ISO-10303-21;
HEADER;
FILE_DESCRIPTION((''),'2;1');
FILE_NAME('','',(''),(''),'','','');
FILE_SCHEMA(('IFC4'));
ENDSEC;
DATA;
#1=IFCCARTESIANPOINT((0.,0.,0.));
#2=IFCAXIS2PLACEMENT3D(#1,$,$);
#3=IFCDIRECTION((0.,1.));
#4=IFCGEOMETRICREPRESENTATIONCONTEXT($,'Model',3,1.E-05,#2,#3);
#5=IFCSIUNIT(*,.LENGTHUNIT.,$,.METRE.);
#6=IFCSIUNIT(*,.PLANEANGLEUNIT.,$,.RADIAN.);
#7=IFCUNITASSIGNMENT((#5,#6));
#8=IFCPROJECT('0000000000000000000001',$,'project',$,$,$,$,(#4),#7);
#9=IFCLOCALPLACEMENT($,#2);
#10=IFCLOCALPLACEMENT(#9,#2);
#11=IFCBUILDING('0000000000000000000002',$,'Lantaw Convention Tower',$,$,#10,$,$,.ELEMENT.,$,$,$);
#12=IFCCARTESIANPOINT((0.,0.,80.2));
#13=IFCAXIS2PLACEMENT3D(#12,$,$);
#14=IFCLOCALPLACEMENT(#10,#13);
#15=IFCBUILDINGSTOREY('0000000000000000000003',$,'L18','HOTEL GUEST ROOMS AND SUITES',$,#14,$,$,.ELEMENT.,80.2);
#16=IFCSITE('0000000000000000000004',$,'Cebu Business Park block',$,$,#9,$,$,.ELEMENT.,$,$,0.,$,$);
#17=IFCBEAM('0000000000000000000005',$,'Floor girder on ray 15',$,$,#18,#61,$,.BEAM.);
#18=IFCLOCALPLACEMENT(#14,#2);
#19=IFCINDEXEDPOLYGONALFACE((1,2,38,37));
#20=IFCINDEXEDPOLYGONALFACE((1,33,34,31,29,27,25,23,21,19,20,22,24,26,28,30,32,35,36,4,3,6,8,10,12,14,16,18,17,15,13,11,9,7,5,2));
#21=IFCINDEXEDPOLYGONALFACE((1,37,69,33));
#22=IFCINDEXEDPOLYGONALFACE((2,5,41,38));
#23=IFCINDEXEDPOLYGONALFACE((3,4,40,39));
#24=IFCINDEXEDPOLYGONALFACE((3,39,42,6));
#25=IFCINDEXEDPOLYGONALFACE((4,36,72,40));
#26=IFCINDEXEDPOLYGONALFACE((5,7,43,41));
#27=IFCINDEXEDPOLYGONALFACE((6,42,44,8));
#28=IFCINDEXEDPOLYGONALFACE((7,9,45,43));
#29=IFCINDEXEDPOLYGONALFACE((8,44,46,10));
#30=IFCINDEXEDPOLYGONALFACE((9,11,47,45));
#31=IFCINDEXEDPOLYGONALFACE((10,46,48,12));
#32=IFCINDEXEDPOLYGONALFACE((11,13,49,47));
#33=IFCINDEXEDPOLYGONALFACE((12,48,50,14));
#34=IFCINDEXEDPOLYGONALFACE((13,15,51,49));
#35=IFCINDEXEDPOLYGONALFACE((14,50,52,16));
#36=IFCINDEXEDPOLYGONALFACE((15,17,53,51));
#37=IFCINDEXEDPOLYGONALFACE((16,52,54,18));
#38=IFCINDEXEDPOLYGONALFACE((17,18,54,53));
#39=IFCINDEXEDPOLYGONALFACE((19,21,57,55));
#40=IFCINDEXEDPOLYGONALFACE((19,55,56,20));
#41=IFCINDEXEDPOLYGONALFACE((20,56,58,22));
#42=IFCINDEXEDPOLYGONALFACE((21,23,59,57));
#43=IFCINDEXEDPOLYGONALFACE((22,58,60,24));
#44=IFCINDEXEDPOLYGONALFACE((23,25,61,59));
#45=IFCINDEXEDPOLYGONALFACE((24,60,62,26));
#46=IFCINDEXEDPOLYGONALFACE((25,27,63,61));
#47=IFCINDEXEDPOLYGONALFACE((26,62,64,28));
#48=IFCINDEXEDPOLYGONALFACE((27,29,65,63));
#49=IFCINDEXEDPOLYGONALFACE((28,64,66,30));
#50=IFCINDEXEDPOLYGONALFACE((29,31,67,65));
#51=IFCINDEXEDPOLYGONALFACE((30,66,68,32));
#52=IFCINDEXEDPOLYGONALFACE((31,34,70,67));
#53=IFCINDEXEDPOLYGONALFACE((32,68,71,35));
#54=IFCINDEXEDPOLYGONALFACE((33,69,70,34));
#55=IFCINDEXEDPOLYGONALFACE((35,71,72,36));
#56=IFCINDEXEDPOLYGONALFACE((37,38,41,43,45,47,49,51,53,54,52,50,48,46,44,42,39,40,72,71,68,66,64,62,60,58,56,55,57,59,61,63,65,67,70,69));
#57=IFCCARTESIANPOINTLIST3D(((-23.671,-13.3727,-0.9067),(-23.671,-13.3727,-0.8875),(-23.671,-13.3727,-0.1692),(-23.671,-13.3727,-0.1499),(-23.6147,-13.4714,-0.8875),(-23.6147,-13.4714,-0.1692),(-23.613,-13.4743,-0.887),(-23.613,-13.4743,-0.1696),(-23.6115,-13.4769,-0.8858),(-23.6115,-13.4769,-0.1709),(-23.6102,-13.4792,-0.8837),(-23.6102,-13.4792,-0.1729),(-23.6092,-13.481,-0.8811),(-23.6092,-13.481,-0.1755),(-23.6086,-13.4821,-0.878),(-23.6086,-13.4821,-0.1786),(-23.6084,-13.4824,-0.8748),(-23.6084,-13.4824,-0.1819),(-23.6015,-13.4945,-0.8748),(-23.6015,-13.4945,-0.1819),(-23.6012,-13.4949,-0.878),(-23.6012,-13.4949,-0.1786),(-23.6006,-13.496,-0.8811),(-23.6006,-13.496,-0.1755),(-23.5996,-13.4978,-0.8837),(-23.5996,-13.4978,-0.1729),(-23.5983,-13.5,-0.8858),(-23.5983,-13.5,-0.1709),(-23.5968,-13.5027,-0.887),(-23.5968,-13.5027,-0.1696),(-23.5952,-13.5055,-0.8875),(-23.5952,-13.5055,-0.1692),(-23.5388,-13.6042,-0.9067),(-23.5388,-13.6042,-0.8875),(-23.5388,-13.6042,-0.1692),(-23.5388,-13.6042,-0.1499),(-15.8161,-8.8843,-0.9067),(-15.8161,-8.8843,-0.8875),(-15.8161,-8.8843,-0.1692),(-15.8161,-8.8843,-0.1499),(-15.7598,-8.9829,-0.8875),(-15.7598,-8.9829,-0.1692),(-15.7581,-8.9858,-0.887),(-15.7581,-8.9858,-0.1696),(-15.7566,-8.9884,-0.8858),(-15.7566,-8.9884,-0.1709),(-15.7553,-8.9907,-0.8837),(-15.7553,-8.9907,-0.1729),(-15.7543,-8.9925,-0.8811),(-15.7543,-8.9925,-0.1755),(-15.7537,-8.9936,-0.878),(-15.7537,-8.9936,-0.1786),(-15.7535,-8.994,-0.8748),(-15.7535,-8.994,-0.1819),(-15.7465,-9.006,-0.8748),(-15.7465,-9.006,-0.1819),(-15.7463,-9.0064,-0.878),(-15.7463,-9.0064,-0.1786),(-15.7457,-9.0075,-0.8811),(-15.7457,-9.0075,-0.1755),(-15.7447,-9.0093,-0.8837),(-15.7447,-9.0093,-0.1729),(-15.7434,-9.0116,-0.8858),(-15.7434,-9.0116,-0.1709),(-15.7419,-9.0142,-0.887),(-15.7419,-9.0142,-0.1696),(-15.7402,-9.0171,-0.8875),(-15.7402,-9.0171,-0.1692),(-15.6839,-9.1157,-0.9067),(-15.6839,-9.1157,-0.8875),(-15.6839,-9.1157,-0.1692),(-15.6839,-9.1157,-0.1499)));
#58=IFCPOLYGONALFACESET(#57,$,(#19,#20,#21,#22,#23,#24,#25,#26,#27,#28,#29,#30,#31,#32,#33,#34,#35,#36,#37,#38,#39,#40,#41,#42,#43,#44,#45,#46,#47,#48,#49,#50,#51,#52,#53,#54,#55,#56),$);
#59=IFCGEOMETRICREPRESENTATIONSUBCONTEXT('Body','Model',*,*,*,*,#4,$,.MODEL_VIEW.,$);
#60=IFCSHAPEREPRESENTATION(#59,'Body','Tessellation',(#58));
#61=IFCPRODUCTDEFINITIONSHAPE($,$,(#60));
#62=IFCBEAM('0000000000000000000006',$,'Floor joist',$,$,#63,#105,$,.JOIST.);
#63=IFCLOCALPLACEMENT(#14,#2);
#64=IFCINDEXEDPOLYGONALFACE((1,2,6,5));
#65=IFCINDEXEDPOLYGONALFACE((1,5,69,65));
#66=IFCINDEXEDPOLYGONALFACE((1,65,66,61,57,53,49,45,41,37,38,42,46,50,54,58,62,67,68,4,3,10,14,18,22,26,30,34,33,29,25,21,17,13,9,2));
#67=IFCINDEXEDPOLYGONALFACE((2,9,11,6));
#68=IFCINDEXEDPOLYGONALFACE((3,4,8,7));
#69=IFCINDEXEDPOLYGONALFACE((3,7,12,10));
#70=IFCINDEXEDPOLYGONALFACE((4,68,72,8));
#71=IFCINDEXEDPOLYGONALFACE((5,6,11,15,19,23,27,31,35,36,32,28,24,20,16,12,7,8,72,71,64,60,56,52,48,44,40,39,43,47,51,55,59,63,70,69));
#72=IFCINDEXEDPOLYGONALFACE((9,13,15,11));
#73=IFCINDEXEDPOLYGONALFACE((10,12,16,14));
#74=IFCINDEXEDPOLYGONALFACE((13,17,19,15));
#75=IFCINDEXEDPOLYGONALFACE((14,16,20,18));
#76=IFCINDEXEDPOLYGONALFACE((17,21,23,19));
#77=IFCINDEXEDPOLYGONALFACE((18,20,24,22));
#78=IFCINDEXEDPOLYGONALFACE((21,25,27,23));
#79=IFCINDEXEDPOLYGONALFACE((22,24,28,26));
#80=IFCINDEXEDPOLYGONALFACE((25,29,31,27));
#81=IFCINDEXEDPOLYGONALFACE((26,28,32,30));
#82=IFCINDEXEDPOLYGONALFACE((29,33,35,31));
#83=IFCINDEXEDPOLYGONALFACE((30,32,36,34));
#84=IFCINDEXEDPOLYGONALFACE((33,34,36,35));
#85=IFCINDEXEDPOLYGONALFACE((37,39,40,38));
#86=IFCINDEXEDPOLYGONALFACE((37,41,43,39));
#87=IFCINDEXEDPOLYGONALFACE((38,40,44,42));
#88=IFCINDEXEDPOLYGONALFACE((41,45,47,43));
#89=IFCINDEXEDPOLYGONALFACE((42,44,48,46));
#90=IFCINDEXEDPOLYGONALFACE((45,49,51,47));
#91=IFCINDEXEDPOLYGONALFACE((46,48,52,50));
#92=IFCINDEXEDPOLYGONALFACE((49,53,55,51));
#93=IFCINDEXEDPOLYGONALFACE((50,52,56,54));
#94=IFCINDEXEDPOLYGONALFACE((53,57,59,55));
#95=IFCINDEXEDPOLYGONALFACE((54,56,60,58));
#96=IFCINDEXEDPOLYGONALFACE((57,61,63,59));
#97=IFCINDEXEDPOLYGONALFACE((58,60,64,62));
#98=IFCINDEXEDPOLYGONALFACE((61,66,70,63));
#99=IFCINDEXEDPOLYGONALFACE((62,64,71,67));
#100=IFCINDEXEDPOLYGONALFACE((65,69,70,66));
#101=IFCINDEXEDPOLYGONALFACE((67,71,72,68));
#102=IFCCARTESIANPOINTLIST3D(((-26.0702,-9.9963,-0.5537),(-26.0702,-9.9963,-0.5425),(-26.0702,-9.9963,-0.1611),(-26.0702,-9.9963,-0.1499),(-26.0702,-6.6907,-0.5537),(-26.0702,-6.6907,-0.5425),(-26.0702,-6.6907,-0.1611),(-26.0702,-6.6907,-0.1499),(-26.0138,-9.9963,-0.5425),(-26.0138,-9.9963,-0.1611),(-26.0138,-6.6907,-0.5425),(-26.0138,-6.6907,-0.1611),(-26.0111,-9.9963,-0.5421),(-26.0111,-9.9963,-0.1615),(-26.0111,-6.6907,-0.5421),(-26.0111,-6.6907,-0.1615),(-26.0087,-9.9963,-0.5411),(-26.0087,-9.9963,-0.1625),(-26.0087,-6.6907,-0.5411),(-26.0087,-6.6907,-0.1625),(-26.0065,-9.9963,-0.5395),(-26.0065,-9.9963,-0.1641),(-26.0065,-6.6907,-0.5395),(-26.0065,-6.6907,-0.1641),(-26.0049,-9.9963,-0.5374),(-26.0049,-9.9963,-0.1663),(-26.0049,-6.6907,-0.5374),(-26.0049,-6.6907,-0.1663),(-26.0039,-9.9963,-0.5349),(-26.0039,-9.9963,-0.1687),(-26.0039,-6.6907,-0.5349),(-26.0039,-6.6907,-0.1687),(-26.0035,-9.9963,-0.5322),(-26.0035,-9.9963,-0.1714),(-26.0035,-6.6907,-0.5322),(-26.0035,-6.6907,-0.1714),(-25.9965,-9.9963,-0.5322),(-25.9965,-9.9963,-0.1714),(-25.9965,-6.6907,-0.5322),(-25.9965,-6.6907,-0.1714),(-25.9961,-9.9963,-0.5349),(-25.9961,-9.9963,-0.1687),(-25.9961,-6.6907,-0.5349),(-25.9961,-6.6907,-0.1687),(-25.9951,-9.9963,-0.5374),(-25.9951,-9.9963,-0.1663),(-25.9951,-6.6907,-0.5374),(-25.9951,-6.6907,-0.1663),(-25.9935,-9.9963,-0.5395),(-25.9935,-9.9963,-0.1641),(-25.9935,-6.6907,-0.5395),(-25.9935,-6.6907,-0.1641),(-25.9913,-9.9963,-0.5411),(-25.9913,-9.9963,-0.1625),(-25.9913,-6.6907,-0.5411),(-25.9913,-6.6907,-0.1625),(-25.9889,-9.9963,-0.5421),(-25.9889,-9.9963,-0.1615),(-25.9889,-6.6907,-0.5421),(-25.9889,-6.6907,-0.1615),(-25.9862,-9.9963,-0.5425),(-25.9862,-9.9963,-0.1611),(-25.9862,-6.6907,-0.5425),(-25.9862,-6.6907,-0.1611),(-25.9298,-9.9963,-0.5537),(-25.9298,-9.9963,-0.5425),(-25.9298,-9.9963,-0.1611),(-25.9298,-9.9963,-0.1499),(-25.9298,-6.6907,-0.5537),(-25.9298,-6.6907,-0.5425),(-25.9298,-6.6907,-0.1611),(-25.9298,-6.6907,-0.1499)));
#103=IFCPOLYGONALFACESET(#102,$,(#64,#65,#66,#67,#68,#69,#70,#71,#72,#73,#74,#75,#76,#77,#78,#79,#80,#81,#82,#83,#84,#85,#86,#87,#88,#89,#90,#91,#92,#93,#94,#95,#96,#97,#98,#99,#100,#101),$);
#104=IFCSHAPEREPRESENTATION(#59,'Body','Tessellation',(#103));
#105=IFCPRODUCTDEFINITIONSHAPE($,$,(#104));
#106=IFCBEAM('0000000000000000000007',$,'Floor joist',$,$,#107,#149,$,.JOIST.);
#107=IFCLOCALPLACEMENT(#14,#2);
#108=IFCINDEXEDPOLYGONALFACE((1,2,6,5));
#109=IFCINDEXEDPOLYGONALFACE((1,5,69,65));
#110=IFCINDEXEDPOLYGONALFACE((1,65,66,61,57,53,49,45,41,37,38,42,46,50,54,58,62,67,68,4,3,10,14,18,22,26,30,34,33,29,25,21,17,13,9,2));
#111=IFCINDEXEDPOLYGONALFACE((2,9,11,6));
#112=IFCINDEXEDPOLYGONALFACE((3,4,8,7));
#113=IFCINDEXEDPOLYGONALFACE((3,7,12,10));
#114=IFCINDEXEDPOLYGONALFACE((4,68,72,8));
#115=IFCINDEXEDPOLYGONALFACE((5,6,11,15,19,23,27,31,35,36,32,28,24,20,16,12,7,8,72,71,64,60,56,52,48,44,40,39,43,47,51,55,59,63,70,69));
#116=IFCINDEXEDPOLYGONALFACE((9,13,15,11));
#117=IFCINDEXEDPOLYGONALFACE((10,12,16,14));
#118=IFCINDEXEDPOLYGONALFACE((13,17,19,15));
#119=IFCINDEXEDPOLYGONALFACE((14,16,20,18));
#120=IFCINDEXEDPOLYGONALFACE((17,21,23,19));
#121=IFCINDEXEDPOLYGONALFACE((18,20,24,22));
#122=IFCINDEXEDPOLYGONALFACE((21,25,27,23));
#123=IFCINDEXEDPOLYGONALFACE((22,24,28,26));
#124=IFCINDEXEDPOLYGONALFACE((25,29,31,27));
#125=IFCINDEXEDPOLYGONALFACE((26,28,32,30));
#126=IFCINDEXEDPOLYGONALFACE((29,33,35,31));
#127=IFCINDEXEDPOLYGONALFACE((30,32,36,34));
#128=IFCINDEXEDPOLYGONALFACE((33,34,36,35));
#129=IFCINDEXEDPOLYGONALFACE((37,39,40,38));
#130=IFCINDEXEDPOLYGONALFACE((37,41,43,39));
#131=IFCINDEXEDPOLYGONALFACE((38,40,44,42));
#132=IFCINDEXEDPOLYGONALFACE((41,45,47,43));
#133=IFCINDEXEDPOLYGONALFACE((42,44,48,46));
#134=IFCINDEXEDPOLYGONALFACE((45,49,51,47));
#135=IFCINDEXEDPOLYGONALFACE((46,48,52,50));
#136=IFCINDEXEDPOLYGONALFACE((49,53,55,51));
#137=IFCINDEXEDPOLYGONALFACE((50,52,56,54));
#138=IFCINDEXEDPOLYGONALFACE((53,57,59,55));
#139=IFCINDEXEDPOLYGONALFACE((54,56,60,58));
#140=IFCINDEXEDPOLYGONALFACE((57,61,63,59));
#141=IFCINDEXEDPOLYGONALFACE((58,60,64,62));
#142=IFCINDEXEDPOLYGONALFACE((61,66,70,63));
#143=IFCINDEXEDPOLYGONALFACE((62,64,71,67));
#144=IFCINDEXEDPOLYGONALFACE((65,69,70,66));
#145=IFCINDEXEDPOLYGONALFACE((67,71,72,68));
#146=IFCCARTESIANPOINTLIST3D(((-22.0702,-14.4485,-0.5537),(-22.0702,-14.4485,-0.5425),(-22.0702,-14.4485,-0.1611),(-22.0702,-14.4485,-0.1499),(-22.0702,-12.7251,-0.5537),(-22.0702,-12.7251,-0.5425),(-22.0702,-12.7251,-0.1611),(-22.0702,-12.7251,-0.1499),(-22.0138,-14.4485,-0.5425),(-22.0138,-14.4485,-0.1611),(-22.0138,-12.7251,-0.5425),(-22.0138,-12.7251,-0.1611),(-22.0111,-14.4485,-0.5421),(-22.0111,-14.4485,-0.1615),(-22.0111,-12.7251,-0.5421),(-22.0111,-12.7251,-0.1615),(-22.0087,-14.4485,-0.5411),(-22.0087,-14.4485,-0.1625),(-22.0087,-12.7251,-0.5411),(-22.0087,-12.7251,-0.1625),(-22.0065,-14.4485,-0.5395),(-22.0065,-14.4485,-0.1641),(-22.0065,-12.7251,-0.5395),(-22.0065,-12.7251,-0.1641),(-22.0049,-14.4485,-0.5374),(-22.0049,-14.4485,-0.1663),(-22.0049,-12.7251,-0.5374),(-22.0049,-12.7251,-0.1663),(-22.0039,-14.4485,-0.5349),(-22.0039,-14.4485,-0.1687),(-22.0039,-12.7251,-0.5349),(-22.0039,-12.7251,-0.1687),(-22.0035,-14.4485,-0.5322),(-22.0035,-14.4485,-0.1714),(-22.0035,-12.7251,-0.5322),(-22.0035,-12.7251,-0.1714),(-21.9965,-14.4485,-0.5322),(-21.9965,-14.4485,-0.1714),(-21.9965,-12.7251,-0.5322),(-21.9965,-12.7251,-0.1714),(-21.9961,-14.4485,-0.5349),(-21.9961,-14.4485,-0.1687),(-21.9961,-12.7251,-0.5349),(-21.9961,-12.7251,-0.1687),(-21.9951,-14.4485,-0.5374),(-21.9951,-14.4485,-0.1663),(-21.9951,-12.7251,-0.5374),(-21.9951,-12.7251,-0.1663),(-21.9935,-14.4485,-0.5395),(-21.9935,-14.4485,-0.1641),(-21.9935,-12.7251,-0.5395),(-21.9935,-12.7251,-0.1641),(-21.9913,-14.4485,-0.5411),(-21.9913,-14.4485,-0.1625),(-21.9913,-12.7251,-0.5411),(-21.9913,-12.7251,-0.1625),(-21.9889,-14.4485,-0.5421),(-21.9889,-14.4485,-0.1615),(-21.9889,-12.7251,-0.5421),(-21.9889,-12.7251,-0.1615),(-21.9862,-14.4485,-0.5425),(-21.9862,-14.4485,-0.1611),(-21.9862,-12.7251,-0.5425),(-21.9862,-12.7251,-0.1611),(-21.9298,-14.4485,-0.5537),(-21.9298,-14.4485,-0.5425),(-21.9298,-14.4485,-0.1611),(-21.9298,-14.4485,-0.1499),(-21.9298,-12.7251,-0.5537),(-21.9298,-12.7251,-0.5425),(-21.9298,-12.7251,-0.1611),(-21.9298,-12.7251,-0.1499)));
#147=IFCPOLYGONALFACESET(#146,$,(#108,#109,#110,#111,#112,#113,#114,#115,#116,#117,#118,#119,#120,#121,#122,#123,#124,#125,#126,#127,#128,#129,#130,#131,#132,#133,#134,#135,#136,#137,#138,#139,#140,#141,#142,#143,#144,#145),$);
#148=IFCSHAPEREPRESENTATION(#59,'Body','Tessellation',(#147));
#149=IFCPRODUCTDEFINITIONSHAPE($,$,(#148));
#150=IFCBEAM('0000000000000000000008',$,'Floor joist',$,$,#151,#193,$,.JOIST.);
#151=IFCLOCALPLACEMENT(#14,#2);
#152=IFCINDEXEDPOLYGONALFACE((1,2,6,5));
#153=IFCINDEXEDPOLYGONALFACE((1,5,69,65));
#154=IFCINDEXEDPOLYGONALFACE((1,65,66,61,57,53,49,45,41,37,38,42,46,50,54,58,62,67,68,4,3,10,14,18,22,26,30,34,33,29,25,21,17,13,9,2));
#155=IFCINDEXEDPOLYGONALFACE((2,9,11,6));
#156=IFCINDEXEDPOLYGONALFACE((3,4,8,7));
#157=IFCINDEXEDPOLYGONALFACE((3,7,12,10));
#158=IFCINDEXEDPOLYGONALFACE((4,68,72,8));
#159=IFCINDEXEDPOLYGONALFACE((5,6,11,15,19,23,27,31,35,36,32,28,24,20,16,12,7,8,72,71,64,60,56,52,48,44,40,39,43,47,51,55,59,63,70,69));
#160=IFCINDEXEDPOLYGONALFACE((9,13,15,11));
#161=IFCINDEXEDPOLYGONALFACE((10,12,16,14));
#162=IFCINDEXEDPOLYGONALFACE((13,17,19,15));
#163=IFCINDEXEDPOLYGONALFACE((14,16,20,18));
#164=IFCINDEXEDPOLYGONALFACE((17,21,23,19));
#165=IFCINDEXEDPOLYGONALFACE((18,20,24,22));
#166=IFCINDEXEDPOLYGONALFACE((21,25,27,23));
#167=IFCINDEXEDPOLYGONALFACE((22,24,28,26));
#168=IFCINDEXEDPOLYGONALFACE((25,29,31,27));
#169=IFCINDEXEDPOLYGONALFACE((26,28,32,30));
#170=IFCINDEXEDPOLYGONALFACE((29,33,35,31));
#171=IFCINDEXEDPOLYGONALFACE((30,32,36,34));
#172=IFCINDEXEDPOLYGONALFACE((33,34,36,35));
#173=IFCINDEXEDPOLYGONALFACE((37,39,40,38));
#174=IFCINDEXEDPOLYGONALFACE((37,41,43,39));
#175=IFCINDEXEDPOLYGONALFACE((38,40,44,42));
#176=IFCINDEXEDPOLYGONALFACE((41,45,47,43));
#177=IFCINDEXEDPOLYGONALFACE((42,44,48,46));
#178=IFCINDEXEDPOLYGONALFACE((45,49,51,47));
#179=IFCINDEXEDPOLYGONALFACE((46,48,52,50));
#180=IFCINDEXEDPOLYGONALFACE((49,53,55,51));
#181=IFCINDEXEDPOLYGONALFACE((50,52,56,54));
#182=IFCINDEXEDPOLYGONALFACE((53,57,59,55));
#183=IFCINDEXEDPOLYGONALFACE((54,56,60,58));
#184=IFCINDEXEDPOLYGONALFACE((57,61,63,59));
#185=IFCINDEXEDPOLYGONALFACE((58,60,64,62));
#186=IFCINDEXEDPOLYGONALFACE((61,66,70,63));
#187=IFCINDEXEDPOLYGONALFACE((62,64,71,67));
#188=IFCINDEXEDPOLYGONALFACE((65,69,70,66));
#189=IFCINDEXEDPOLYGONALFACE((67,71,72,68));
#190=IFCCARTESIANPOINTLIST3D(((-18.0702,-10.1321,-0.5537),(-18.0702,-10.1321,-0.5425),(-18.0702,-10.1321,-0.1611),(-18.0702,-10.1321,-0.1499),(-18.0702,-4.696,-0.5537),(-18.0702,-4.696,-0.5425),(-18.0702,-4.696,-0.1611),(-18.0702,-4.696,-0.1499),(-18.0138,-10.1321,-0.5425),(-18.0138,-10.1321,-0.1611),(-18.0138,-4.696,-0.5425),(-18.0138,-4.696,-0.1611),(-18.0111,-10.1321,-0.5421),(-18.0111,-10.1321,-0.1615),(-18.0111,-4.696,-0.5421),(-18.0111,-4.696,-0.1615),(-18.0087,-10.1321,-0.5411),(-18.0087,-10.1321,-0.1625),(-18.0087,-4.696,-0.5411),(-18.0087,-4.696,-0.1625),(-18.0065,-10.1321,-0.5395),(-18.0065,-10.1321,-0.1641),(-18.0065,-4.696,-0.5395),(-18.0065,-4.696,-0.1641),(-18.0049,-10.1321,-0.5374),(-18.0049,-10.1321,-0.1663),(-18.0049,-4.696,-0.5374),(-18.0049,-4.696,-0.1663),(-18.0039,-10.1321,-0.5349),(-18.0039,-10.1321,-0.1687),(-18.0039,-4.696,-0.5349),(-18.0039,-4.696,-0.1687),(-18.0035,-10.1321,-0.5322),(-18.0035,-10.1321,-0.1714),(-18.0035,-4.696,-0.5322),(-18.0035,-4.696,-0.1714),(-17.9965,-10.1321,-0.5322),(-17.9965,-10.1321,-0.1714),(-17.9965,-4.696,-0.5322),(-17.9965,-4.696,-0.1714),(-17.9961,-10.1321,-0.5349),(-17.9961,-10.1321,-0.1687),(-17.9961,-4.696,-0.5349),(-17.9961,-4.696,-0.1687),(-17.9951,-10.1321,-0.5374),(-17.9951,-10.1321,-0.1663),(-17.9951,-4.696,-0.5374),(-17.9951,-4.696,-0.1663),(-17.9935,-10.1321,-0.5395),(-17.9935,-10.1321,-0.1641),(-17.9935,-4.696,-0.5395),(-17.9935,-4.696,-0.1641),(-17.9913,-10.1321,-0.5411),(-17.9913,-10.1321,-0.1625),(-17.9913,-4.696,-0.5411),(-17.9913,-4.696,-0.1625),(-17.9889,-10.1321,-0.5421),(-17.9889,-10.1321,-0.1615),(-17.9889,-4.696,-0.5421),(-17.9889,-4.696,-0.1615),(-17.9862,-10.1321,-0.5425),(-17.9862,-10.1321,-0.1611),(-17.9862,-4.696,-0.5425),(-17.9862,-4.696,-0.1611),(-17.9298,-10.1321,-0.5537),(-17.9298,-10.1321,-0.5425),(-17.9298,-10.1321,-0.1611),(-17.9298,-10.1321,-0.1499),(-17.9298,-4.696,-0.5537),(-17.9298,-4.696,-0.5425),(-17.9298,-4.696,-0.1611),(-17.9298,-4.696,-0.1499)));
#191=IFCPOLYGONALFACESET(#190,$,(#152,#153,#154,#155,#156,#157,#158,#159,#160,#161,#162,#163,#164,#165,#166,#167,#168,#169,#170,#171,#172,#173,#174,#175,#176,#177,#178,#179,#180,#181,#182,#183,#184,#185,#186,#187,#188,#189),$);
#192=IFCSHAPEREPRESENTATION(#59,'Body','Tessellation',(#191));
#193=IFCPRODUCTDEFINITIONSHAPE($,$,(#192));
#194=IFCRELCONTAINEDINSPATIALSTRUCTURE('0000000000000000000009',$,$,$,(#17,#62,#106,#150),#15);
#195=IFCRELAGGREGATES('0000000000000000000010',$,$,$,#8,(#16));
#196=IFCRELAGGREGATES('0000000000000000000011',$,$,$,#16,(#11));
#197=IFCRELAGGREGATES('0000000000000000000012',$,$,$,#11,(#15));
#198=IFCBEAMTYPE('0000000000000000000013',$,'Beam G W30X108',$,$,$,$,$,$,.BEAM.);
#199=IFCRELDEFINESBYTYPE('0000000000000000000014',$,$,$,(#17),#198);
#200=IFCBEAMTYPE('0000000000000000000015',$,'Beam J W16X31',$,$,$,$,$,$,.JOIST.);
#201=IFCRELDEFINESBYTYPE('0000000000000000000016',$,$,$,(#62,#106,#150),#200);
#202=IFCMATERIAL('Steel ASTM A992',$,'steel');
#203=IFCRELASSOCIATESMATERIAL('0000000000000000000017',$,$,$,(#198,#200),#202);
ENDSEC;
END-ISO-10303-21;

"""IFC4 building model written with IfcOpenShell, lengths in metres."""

from ifc_helpers import new_model, si_unit, direction, frame, origin, origin_2d, place, context, subcontext, project, spatial, i_section, extrude, material, material_profile, profile_set, type_object, element, save


model = new_model("IFC4")

# Units and contexts
model_context = context("Model", 3, precision=1e-05, world=origin(), true_north=direction((0.0, 1.0)))
body_context = subcontext(model_context, "Body", "Model", "MODEL_VIEW")
ifc_project = project(units=[si_unit("LENGTHUNIT", "METRE"), si_unit("PLANEANGLEUNIT", "RADIAN")], contexts=[model_context])

# Site, building, storey
site_placement = place(None, origin())
site = spatial("IfcSite", under=ifc_project, at=site_placement, Name="Cebu Business Park block", CompositionType="ELEMENT", RefElevation=0.0)
building_placement = place(site_placement, origin())
building = spatial("IfcBuilding", under=site, at=building_placement, Name="Lantaw Convention Tower", CompositionType="ELEMENT")
storey_placement = place(building_placement, frame((0.0, 0.0, 80.2)))
storey = spatial("IfcBuildingStorey", under=building, at=storey_placement, Name="L18", Description="HOTEL GUEST ROOMS AND SUITES", CompositionType="ELEMENT", Elevation=80.2)

# Beams
ifc_material_1 = material(Name="Steel ASTM A992", Category="steel")
ifc_material_profile_1 = material_profile(ifc_material_1, i_section(OverallWidth=0.2666, OverallDepth=0.7568, WebThickness=0.0139, FlangeThickness=0.0193, FilletRadius=0.0127, at=origin_2d()), Name="W30X108")
ifc_profile_set_1 = profile_set([ifc_material_profile_1], Name="Steel ASTM A992")
beam_type_1 = type_object("IfcBeamType", Name="Beam G W30X108", PredefinedType="BEAM", material=ifc_profile_set_1)
beam_1_placement = place(storey_placement, frame((-15.75, -9.0, -0.5283), z_axis=(-0.868245, -0.496136, 0.0), x_axis=(0.496136, -0.868245, 0.0)))
element("IfcBeam", 1, at=beam_1_placement, inside=storey, type_object=beam_type_1, Name="Floor girder on ray 15", PredefinedType="BEAM", context=body_context, shape_type="SweptSolid", body=[
    extrude(i_section(OverallWidth=0.2666, OverallDepth=0.7568, WebThickness=0.0139, FlangeThickness=0.0193, FilletRadius=0.0127, at=origin_2d()), origin(), (0.0, 0.0, 1.0), 9.0469),
])
ifc_material_profile_2 = material_profile(ifc_material_1, i_section(OverallWidth=0.1404, OverallDepth=0.4038, WebThickness=0.0071, FlangeThickness=0.0112, FilletRadius=0.0103, at=origin_2d()), Name="W16X31")
ifc_profile_set_2 = profile_set([ifc_material_profile_2], Name="Steel ASTM A992")
beam_type_2 = type_object("IfcBeamType", Name="Beam J W16X31", PredefinedType="JOIST", material=ifc_profile_set_2)
beam_2_placement = place(storey_placement, frame((-26.0, -9.9963, -0.3518), z_axis=(0.0, 1.0, 0.0), x_axis=(-1.0, 0.0, 0.0)))
element("IfcBeam", 2, at=beam_2_placement, inside=storey, type_object=beam_type_2, Name="Floor joist", PredefinedType="JOIST", context=body_context, shape_type="SweptSolid", body=[
    extrude(i_section(OverallWidth=0.1404, OverallDepth=0.4038, WebThickness=0.0071, FlangeThickness=0.0112, FilletRadius=0.0103, at=origin_2d()), origin(), (0.0, 0.0, 1.0), 3.3057),
])
beam_3_placement = place(storey_placement, frame((-22.0, -14.4485, -0.3518), z_axis=(0.0, 1.0, 0.0), x_axis=(-1.0, 0.0, 0.0)))
element("IfcBeam", 3, at=beam_3_placement, inside=storey, type_object=beam_type_2, Name="Floor joist", PredefinedType="JOIST", context=body_context, shape_type="SweptSolid", body=[
    extrude(i_section(OverallWidth=0.1404, OverallDepth=0.4038, WebThickness=0.0071, FlangeThickness=0.0112, FilletRadius=0.0103, at=origin_2d()), origin(), (0.0, 0.0, 1.0), 1.7234),
])
beam_4_placement = place(storey_placement, frame((-18.0, -10.1321, -0.3518), z_axis=(0.0, 1.0, 0.0), x_axis=(-1.0, 0.0, 0.0)))
element("IfcBeam", 4, at=beam_4_placement, inside=storey, type_object=beam_type_2, Name="Floor joist", PredefinedType="JOIST", context=body_context, shape_type="SweptSolid", body=[
    extrude(i_section(OverallWidth=0.1404, OverallDepth=0.4038, WebThickness=0.0071, FlangeThickness=0.0112, FilletRadius=0.0103, at=origin_2d()), origin(), (0.0, 0.0, 1.0), 5.436),
])

save(model, "model.ifc")
